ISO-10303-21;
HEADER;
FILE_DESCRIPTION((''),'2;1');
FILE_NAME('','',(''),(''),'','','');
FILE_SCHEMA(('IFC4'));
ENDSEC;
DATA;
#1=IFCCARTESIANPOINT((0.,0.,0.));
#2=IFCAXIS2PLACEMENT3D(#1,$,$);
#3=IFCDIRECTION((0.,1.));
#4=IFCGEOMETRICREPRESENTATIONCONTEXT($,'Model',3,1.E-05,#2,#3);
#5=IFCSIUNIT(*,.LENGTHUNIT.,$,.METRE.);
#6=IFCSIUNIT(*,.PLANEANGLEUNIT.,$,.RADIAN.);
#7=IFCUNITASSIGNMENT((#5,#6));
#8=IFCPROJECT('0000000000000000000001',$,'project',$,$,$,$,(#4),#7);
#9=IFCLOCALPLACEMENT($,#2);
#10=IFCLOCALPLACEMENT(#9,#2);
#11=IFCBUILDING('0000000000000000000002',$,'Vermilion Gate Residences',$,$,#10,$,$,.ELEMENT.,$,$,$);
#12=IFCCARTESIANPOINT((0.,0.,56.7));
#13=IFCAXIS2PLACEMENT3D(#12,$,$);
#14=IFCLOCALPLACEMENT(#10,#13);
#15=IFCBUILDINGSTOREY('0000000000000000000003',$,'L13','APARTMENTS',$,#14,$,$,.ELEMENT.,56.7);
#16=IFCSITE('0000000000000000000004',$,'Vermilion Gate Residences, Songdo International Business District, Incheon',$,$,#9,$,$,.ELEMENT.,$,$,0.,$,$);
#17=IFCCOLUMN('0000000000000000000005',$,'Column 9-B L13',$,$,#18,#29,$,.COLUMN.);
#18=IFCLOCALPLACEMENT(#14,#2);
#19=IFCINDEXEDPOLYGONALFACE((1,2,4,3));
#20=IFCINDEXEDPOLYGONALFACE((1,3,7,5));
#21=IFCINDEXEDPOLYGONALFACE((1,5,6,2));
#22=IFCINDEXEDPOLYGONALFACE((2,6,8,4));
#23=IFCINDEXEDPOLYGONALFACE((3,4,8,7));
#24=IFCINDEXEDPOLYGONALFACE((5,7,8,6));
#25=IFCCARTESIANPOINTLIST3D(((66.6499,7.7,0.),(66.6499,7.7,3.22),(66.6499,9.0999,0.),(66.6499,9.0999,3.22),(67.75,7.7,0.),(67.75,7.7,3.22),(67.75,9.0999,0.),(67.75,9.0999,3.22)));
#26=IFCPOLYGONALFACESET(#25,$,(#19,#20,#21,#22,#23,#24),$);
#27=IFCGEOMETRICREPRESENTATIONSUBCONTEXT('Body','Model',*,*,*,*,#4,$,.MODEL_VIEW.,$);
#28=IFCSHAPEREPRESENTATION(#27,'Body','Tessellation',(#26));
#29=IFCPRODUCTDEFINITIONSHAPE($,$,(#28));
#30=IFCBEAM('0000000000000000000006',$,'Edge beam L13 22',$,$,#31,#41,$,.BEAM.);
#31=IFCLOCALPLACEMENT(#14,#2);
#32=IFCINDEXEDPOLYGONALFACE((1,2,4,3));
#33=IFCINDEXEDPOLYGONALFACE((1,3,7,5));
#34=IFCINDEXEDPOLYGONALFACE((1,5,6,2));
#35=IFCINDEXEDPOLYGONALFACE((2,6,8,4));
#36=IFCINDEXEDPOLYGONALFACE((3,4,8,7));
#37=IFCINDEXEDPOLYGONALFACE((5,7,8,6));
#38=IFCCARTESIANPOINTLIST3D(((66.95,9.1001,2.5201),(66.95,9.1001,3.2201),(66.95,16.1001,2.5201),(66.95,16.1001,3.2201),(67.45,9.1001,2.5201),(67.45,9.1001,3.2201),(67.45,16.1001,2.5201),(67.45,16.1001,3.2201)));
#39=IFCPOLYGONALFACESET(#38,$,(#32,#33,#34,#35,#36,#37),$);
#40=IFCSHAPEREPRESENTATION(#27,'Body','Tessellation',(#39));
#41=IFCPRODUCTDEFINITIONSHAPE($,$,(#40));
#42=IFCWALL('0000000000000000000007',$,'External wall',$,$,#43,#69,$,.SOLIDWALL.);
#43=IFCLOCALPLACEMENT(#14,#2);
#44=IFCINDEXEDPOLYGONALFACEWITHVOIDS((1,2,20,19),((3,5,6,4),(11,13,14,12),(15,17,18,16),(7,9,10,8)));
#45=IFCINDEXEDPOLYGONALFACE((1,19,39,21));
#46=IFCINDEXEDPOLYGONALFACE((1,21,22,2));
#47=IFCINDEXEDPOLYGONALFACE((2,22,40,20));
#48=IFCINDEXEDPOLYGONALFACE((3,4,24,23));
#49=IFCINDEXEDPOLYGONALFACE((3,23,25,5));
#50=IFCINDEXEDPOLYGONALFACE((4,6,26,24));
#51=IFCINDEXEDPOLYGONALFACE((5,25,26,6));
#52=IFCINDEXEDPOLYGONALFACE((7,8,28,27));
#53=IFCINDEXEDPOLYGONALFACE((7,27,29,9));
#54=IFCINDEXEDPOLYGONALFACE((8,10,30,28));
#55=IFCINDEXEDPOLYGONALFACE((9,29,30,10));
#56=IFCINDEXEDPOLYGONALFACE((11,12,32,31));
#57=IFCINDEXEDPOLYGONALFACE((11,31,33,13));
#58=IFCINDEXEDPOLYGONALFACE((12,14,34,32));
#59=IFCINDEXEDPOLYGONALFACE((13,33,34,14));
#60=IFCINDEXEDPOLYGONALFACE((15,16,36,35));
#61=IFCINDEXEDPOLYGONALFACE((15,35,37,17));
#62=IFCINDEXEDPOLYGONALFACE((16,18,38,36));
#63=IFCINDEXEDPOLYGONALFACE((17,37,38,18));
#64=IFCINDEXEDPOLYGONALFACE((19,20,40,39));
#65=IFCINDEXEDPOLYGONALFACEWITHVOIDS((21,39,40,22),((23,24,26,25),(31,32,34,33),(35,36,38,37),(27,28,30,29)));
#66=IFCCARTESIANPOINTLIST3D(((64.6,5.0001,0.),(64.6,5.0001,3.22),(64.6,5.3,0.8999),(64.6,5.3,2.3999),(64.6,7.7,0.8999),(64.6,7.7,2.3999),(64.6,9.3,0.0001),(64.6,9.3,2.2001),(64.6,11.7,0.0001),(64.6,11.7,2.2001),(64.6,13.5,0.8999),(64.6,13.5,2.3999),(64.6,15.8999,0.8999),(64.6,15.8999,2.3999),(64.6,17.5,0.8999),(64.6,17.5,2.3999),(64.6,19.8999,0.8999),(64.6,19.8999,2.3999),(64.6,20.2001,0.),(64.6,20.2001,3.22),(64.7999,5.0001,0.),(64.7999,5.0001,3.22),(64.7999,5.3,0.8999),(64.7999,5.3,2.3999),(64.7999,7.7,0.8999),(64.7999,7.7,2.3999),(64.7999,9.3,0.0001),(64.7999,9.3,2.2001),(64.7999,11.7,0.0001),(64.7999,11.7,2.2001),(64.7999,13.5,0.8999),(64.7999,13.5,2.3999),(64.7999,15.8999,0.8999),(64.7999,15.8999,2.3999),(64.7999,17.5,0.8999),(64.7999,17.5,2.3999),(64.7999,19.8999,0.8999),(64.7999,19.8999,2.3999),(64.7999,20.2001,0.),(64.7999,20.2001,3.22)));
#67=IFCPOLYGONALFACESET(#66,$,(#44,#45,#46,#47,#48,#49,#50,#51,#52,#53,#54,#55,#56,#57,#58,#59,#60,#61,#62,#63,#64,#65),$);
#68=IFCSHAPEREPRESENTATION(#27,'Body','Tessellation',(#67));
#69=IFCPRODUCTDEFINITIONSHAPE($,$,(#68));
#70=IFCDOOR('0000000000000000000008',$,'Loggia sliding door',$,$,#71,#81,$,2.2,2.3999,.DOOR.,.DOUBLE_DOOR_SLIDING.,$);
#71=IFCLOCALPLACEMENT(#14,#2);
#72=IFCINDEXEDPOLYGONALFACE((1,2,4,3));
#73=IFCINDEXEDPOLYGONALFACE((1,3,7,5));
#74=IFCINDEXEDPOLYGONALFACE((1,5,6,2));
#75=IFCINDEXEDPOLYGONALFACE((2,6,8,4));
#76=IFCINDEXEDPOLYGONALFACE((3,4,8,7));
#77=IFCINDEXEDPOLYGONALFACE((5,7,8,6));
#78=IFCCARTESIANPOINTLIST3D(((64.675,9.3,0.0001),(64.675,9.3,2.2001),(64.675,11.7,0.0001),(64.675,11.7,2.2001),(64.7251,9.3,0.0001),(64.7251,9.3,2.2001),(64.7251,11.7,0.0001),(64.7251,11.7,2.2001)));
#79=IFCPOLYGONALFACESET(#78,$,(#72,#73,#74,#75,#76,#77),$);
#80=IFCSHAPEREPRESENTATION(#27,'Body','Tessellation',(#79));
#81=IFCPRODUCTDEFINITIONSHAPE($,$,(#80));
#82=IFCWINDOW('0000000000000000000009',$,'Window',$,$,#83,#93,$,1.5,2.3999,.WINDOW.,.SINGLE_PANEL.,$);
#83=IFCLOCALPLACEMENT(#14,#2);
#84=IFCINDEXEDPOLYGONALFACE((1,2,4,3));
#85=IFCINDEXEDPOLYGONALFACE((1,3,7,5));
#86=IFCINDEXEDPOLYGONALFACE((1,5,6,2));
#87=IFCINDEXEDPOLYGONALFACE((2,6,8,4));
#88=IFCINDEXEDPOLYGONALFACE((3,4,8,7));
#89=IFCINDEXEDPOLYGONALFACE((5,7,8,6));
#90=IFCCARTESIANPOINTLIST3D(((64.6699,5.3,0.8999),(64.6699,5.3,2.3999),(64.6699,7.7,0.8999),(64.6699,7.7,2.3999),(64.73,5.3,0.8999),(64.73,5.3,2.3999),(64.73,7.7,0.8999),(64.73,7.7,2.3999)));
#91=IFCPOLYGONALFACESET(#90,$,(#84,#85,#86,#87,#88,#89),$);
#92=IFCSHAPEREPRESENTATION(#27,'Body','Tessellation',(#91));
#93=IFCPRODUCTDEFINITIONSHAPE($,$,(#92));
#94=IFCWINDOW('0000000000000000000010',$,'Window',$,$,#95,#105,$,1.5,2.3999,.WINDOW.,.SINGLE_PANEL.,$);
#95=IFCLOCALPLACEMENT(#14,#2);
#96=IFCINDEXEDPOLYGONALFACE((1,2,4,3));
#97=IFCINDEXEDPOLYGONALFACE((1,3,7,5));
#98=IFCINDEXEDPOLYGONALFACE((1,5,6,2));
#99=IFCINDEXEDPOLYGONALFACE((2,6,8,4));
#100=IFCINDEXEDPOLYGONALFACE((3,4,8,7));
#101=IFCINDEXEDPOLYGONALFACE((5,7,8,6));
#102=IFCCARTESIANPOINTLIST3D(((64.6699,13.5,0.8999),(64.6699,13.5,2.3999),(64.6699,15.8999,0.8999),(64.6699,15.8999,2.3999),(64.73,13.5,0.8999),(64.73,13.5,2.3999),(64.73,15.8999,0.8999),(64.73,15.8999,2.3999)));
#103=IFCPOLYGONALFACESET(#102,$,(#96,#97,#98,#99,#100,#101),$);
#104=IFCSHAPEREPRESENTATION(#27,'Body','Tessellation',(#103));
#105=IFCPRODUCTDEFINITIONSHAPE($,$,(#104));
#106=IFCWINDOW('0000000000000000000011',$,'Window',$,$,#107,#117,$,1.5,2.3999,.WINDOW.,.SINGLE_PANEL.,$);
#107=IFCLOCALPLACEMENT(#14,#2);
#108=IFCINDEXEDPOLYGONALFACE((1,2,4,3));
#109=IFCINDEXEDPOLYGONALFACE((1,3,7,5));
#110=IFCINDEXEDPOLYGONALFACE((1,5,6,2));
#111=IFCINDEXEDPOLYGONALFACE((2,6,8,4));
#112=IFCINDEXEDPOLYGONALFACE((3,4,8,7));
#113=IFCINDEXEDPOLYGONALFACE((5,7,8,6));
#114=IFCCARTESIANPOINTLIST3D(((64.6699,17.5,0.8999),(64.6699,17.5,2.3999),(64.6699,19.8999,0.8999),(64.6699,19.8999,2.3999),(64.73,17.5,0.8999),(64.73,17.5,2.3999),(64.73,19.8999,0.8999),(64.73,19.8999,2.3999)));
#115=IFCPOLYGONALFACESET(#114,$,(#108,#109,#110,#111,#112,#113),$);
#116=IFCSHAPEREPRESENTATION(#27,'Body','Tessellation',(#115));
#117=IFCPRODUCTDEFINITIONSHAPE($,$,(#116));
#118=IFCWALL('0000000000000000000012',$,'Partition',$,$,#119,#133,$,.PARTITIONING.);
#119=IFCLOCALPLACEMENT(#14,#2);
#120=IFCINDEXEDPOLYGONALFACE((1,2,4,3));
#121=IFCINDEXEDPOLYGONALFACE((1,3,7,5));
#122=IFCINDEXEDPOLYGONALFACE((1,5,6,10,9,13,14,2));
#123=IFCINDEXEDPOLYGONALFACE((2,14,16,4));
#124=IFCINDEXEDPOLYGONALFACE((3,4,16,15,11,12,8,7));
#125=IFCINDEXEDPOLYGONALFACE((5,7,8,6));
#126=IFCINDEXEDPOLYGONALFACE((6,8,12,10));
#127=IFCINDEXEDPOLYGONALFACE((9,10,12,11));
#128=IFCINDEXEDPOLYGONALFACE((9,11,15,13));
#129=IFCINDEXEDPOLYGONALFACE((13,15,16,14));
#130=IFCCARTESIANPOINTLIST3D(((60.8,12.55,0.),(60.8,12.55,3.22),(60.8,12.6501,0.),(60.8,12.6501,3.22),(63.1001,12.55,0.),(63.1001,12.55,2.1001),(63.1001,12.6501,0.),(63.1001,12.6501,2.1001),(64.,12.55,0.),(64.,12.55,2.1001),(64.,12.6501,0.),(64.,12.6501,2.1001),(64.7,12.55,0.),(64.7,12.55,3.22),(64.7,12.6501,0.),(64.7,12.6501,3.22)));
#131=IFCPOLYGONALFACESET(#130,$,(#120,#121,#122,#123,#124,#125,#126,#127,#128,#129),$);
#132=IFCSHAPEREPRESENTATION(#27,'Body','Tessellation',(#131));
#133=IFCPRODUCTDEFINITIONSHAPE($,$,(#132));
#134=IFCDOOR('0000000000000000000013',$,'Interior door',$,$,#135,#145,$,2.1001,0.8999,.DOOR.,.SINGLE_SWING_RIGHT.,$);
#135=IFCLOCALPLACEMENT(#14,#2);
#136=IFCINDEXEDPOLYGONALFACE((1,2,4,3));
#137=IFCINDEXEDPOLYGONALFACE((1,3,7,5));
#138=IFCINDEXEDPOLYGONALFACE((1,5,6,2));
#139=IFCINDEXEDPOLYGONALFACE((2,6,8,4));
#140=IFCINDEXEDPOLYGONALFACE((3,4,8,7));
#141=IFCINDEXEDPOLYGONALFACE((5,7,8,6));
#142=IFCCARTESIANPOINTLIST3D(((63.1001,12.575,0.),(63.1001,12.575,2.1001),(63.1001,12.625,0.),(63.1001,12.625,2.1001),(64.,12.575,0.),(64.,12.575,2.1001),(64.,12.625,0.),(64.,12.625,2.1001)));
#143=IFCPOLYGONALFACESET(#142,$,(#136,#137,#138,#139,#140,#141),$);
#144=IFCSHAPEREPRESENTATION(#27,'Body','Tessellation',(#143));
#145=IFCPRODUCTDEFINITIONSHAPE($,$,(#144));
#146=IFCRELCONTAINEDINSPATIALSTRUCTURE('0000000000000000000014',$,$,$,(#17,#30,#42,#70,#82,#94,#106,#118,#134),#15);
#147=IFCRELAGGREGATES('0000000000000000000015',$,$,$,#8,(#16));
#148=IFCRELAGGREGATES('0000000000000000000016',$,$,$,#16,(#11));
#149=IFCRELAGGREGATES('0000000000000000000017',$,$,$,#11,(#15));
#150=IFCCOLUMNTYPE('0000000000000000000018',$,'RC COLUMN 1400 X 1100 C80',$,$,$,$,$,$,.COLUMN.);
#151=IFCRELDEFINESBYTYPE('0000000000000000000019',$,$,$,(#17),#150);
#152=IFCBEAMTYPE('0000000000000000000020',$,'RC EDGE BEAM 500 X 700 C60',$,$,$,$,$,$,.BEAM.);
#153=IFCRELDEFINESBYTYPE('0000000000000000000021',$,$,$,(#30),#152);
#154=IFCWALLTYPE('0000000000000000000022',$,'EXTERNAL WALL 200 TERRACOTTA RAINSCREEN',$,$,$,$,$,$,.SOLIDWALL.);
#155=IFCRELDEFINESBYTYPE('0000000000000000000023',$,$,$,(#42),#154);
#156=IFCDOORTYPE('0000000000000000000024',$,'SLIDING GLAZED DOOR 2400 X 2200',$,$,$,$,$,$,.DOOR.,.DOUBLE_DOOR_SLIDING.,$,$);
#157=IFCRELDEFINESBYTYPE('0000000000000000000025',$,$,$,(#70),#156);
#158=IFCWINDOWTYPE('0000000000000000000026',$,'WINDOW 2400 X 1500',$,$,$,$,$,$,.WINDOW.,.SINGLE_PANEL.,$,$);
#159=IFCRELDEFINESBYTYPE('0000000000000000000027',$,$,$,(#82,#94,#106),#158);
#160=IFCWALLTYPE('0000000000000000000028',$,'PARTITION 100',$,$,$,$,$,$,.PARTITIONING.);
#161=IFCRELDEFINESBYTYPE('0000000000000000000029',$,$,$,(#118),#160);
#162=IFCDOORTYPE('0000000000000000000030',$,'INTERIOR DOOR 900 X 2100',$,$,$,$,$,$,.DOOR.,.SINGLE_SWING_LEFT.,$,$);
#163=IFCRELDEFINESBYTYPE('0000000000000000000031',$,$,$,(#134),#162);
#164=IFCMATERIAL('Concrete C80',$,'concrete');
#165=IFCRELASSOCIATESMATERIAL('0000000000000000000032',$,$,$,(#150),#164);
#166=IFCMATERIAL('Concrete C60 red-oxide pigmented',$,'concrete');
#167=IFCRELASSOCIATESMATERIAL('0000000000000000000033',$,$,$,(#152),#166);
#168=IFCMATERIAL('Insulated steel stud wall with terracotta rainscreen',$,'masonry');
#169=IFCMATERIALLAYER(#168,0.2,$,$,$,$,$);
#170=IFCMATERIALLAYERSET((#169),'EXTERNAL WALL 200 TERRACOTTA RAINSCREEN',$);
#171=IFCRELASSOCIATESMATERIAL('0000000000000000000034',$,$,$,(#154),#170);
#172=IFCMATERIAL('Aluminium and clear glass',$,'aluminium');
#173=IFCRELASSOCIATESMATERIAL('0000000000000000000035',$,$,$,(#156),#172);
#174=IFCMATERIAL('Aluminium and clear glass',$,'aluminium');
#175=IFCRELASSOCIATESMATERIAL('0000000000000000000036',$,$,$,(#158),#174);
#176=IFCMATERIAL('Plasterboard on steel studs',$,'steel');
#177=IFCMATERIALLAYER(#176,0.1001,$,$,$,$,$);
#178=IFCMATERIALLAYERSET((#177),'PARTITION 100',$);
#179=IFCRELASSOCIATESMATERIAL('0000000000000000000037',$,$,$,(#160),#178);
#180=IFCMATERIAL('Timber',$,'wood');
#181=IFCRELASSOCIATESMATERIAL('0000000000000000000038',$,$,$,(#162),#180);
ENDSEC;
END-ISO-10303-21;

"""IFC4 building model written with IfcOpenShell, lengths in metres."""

from ifc_helpers import new_model, si_unit, direction, frame, frame_2d, origin, origin_2d, place, context, subcontext, project, spatial, rectangle, extrude, material, layer, layer_set, material_profile, profile_set, type_object, element, fill, save


model = new_model("IFC4")

# Units and contexts
model_context = context("Model", 3, precision=1e-05, world=origin(), true_north=direction((0.0, 1.0)))
body_context = subcontext(model_context, "Body", "Model", "MODEL_VIEW")
ifc_project = project(units=[si_unit("LENGTHUNIT", "METRE"), si_unit("PLANEANGLEUNIT", "RADIAN")], contexts=[model_context])

# Site, building, storey
site_placement = place(None, origin())
site = spatial("IfcSite", under=ifc_project, at=site_placement, Name="Vermilion Gate Residences, Songdo International Business District, Incheon", CompositionType="ELEMENT", RefElevation=0.0)
building_placement = place(site_placement, origin())
building = spatial("IfcBuilding", under=site, at=building_placement, Name="Vermilion Gate Residences", CompositionType="ELEMENT")
storey_placement = place(building_placement, frame((0.0, 0.0, 56.7)))
storey = spatial("IfcBuildingStorey", under=building, at=storey_placement, Name="L13", Description="APARTMENTS", CompositionType="ELEMENT", Elevation=56.7)

# Column
ifc_material_1 = material(Name="Concrete C80", Category="concrete")
ifc_material_profile_1 = material_profile(ifc_material_1, rectangle(XDim=1.3999, YDim=1.1001, at=origin_2d()), Name="RC-1400x1100")
ifc_profile_set_1 = profile_set([ifc_material_profile_1], Name="Concrete C80")
column_type = type_object("IfcColumnType", Name="RC COLUMN 1400 X 1100 C80", PredefinedType="COLUMN", material=ifc_profile_set_1)
column_placement = place(storey_placement, frame((67.2, 8.3999, 0.0), z_axis=(0.0, 0.0, 1.0), x_axis=(0.0, 1.0, 0.0)))
element("IfcColumn", 1, at=column_placement, inside=storey, type_object=column_type, Name="Column 9-B L13", PredefinedType="COLUMN", context=body_context, shape_type="SweptSolid", body=[
    extrude(rectangle(XDim=1.3999, YDim=1.1001, at=origin_2d()), origin(), (0.0, 0.0, 1.0), 3.22),
])

# Beam
ifc_material_2 = material(Name="Concrete C60 red-oxide pigmented", Category="concrete")
ifc_material_profile_2 = material_profile(ifc_material_2, rectangle(XDim=0.5, YDim=0.7, at=origin_2d()), Name="RC-500x700")
ifc_profile_set_2 = profile_set([ifc_material_profile_2], Name="Concrete C60 red-oxide pigmented")
beam_type = type_object("IfcBeamType", Name="RC EDGE BEAM 500 X 700 C60", PredefinedType="BEAM", material=ifc_profile_set_2)
beam_placement = place(storey_placement, frame((67.2, 9.1001, 2.8701), z_axis=(0.0, 1.0, 0.0), x_axis=(-1.0, 0.0, 0.0)))
element("IfcBeam", 2, at=beam_placement, inside=storey, type_object=beam_type, Name="Edge beam L13 22", PredefinedType="BEAM", context=body_context, shape_type="SweptSolid", body=[
    extrude(rectangle(XDim=0.5, YDim=0.7, at=origin_2d()), origin(), (0.0, 0.0, 1.0), 7.0),
])

# Wall, openings, door, windows
ifc_material_3 = material(Name="Insulated steel stud wall with terracotta rainscreen", Category="masonry")
ifc_layer_1 = layer(ifc_material_3, 0.2)
ifc_layer_set_1 = layer_set([ifc_layer_1], Name="EXTERNAL WALL 200 TERRACOTTA RAINSCREEN")
wall_type_1 = type_object("IfcWallType", Name="EXTERNAL WALL 200 TERRACOTTA RAINSCREEN", PredefinedType="SOLIDWALL", material=ifc_layer_set_1)
wall_1_placement = place(storey_placement, frame((64.7, 5.0, 0.0), z_axis=(0.0, 0.0, 1.0), x_axis=(0.0, 1.0, 0.0)))
wall_1 = element("IfcWall", 3, at=wall_1_placement, inside=storey, type_object=wall_type_1, Name="External wall", PredefinedType="SOLIDWALL", context=body_context, shape_type="SweptSolid", body=[
    extrude(rectangle(XDim=15.2, YDim=0.2, at=frame_2d((7.6001, 0.0))), origin(), (0.0, 0.0, 1.0), 3.22),
])
opening_1_placement = place(wall_1_placement, frame((0.3, 0.0, 0.8999)))
opening_1 = element("IfcOpeningElement", 4, at=opening_1_placement, cuts=wall_1, PredefinedType="OPENING", context=body_context, shape_type="SweptSolid", body=[
    extrude(rectangle(XDim=2.3999, YDim=1.5, at=frame_2d((1.2, 0.75))), frame((0.0, 0.1099, 0.0), z_axis=(0.0, -1.0, 0.0), x_axis=(1.0, 0.0, 0.0)), (0.0, 0.0, 1.0), 0.22),
])
opening_2_placement = place(wall_1_placement, frame((4.3, 0.0, 0.0)))
opening_2 = element("IfcOpeningElement", 5, at=opening_2_placement, cuts=wall_1, PredefinedType="OPENING", context=body_context, shape_type="SweptSolid", body=[
    extrude(rectangle(XDim=2.3999, YDim=2.2, at=frame_2d((1.2, 1.1001))), frame((0.0, 0.1099, 0.0), z_axis=(0.0, -1.0, 0.0), x_axis=(1.0, 0.0, 0.0)), (0.0, 0.0, 1.0), 0.22),
])
opening_3_placement = place(wall_1_placement, frame((8.5, 0.0, 0.8999)))
opening_3 = element("IfcOpeningElement", 6, at=opening_3_placement, cuts=wall_1, PredefinedType="OPENING", context=body_context, shape_type="SweptSolid", body=[
    extrude(rectangle(XDim=2.3999, YDim=1.5, at=frame_2d((1.2, 0.75))), frame((0.0, 0.1099, 0.0), z_axis=(0.0, -1.0, 0.0), x_axis=(1.0, 0.0, 0.0)), (0.0, 0.0, 1.0), 0.22),
])
opening_4_placement = place(wall_1_placement, frame((12.5, 0.0, 0.8999)))
opening_4 = element("IfcOpeningElement", 7, at=opening_4_placement, cuts=wall_1, PredefinedType="OPENING", context=body_context, shape_type="SweptSolid", body=[
    extrude(rectangle(XDim=2.3999, YDim=1.5, at=frame_2d((1.2, 0.75))), frame((0.0, 0.1099, 0.0), z_axis=(0.0, -1.0, 0.0), x_axis=(1.0, 0.0, 0.0)), (0.0, 0.0, 1.0), 0.22),
])
ifc_material_4 = material(Name="Aluminium and clear glass", Category="aluminium")
door_type_1 = type_object("IfcDoorType", Name="SLIDING GLAZED DOOR 2400 X 2200", OperationType="DOUBLE_DOOR_SLIDING", PredefinedType="DOOR", material=ifc_material_4)
door_1_placement = place(opening_2_placement, origin())
door_1 = element("IfcDoor", 8, at=door_1_placement, inside=storey, type_object=door_type_1, Name="Loggia sliding door", OperationType="DOUBLE_DOOR_SLIDING", OverallHeight=2.2, OverallWidth=2.3999, PredefinedType="DOOR", context=body_context, shape_type="SweptSolid", body=[
    extrude(rectangle(XDim=2.3999, YDim=2.2, at=frame_2d((1.2, 1.1001))), frame((0.0, 0.0249, 0.0), z_axis=(0.0, -1.0, 0.0), x_axis=(1.0, 0.0, 0.0)), (0.0, 0.0, 1.0), 0.05),
])
fill(opening_2, door_1)
ifc_material_5 = material(Name="Aluminium and clear glass", Category="aluminium")
window_type = type_object("IfcWindowType", Name="WINDOW 2400 X 1500", PartitioningType="SINGLE_PANEL", PredefinedType="WINDOW", material=ifc_material_5)
window_1_placement = place(opening_1_placement, origin())
window_1 = element("IfcWindow", 9, at=window_1_placement, inside=storey, type_object=window_type, Name="Window", OverallHeight=1.5, OverallWidth=2.3999, PartitioningType="SINGLE_PANEL", PredefinedType="WINDOW", context=body_context, shape_type="SweptSolid", body=[
    extrude(rectangle(XDim=2.3999, YDim=1.5, at=frame_2d((1.2, 0.75))), frame((0.0, 0.03, 0.0), z_axis=(0.0, -1.0, 0.0), x_axis=(1.0, 0.0, 0.0)), (0.0, 0.0, 1.0), 0.0601),
])
fill(opening_1, window_1)
window_2_placement = place(opening_3_placement, origin())
window_2 = element("IfcWindow", 10, at=window_2_placement, inside=storey, type_object=window_type, Name="Window", OverallHeight=1.5, OverallWidth=2.3999, PartitioningType="SINGLE_PANEL", PredefinedType="WINDOW", context=body_context, shape_type="SweptSolid", body=[
    extrude(rectangle(XDim=2.3999, YDim=1.5, at=frame_2d((1.2, 0.75))), frame((0.0, 0.03, 0.0), z_axis=(0.0, -1.0, 0.0), x_axis=(1.0, 0.0, 0.0)), (0.0, 0.0, 1.0), 0.0601),
])
fill(opening_3, window_2)
window_3_placement = place(opening_4_placement, origin())
window_3 = element("IfcWindow", 11, at=window_3_placement, inside=storey, type_object=window_type, Name="Window", OverallHeight=1.5, OverallWidth=2.3999, PartitioningType="SINGLE_PANEL", PredefinedType="WINDOW", context=body_context, shape_type="SweptSolid", body=[
    extrude(rectangle(XDim=2.3999, YDim=1.5, at=frame_2d((1.2, 0.75))), frame((0.0, 0.03, 0.0), z_axis=(0.0, -1.0, 0.0), x_axis=(1.0, 0.0, 0.0)), (0.0, 0.0, 1.0), 0.0601),
])
fill(opening_4, window_3)

# Wall, opening, door
ifc_material_6 = material(Name="Plasterboard on steel studs", Category="steel")
ifc_layer_2 = layer(ifc_material_6, 0.1001)
ifc_layer_set_2 = layer_set([ifc_layer_2], Name="PARTITION 100")
wall_type_2 = type_object("IfcWallType", Name="PARTITION 100", PredefinedType="PARTITIONING", material=ifc_layer_set_2)
wall_2_placement = place(storey_placement, frame((60.8, 12.6001, 0.0), z_axis=(0.0, 0.0, 1.0), x_axis=(1.0, 0.0, 0.0)))
wall_2 = element("IfcWall", 12, at=wall_2_placement, inside=storey, type_object=wall_type_2, Name="Partition", PredefinedType="PARTITIONING", context=body_context, shape_type="SweptSolid", body=[
    extrude(rectangle(XDim=3.8999, YDim=0.1001, at=frame_2d((1.95, 0.0))), origin(), (0.0, 0.0, 1.0), 3.22),
])
opening_5_placement = place(wall_2_placement, frame((2.3, 0.0, 0.0)))
opening_5 = element("IfcOpeningElement", 13, at=opening_5_placement, cuts=wall_2, PredefinedType="OPENING", context=body_context, shape_type="SweptSolid", body=[
    extrude(rectangle(XDim=0.8999, YDim=2.1001, at=frame_2d((0.45, 1.05))), frame((0.0, 0.0601, 0.0), z_axis=(0.0, -1.0, 0.0), x_axis=(1.0, 0.0, 0.0)), (0.0, 0.0, 1.0), 0.1201),
])
ifc_material_7 = material(Name="Timber", Category="wood")
door_type_2 = type_object("IfcDoorType", Name="INTERIOR DOOR 900 X 2100", OperationType="SINGLE_SWING_LEFT", PredefinedType="DOOR", material=ifc_material_7)
door_2_placement = place(opening_5_placement, origin())
door_2 = element("IfcDoor", 14, at=door_2_placement, inside=storey, type_object=door_type_2, Name="Interior door", OperationType="SINGLE_SWING_RIGHT", OverallHeight=2.1001, OverallWidth=0.8999, PredefinedType="DOOR", context=body_context, shape_type="SweptSolid", body=[
    extrude(rectangle(XDim=0.8999, YDim=2.1001, at=frame_2d((0.45, 1.05))), frame((0.0, 0.0249, 0.0), z_axis=(0.0, -1.0, 0.0), x_axis=(1.0, 0.0, 0.0)), (0.0, 0.0, 1.0), 0.05),
])
fill(opening_5, door_2)

save(model, "model.ifc")
